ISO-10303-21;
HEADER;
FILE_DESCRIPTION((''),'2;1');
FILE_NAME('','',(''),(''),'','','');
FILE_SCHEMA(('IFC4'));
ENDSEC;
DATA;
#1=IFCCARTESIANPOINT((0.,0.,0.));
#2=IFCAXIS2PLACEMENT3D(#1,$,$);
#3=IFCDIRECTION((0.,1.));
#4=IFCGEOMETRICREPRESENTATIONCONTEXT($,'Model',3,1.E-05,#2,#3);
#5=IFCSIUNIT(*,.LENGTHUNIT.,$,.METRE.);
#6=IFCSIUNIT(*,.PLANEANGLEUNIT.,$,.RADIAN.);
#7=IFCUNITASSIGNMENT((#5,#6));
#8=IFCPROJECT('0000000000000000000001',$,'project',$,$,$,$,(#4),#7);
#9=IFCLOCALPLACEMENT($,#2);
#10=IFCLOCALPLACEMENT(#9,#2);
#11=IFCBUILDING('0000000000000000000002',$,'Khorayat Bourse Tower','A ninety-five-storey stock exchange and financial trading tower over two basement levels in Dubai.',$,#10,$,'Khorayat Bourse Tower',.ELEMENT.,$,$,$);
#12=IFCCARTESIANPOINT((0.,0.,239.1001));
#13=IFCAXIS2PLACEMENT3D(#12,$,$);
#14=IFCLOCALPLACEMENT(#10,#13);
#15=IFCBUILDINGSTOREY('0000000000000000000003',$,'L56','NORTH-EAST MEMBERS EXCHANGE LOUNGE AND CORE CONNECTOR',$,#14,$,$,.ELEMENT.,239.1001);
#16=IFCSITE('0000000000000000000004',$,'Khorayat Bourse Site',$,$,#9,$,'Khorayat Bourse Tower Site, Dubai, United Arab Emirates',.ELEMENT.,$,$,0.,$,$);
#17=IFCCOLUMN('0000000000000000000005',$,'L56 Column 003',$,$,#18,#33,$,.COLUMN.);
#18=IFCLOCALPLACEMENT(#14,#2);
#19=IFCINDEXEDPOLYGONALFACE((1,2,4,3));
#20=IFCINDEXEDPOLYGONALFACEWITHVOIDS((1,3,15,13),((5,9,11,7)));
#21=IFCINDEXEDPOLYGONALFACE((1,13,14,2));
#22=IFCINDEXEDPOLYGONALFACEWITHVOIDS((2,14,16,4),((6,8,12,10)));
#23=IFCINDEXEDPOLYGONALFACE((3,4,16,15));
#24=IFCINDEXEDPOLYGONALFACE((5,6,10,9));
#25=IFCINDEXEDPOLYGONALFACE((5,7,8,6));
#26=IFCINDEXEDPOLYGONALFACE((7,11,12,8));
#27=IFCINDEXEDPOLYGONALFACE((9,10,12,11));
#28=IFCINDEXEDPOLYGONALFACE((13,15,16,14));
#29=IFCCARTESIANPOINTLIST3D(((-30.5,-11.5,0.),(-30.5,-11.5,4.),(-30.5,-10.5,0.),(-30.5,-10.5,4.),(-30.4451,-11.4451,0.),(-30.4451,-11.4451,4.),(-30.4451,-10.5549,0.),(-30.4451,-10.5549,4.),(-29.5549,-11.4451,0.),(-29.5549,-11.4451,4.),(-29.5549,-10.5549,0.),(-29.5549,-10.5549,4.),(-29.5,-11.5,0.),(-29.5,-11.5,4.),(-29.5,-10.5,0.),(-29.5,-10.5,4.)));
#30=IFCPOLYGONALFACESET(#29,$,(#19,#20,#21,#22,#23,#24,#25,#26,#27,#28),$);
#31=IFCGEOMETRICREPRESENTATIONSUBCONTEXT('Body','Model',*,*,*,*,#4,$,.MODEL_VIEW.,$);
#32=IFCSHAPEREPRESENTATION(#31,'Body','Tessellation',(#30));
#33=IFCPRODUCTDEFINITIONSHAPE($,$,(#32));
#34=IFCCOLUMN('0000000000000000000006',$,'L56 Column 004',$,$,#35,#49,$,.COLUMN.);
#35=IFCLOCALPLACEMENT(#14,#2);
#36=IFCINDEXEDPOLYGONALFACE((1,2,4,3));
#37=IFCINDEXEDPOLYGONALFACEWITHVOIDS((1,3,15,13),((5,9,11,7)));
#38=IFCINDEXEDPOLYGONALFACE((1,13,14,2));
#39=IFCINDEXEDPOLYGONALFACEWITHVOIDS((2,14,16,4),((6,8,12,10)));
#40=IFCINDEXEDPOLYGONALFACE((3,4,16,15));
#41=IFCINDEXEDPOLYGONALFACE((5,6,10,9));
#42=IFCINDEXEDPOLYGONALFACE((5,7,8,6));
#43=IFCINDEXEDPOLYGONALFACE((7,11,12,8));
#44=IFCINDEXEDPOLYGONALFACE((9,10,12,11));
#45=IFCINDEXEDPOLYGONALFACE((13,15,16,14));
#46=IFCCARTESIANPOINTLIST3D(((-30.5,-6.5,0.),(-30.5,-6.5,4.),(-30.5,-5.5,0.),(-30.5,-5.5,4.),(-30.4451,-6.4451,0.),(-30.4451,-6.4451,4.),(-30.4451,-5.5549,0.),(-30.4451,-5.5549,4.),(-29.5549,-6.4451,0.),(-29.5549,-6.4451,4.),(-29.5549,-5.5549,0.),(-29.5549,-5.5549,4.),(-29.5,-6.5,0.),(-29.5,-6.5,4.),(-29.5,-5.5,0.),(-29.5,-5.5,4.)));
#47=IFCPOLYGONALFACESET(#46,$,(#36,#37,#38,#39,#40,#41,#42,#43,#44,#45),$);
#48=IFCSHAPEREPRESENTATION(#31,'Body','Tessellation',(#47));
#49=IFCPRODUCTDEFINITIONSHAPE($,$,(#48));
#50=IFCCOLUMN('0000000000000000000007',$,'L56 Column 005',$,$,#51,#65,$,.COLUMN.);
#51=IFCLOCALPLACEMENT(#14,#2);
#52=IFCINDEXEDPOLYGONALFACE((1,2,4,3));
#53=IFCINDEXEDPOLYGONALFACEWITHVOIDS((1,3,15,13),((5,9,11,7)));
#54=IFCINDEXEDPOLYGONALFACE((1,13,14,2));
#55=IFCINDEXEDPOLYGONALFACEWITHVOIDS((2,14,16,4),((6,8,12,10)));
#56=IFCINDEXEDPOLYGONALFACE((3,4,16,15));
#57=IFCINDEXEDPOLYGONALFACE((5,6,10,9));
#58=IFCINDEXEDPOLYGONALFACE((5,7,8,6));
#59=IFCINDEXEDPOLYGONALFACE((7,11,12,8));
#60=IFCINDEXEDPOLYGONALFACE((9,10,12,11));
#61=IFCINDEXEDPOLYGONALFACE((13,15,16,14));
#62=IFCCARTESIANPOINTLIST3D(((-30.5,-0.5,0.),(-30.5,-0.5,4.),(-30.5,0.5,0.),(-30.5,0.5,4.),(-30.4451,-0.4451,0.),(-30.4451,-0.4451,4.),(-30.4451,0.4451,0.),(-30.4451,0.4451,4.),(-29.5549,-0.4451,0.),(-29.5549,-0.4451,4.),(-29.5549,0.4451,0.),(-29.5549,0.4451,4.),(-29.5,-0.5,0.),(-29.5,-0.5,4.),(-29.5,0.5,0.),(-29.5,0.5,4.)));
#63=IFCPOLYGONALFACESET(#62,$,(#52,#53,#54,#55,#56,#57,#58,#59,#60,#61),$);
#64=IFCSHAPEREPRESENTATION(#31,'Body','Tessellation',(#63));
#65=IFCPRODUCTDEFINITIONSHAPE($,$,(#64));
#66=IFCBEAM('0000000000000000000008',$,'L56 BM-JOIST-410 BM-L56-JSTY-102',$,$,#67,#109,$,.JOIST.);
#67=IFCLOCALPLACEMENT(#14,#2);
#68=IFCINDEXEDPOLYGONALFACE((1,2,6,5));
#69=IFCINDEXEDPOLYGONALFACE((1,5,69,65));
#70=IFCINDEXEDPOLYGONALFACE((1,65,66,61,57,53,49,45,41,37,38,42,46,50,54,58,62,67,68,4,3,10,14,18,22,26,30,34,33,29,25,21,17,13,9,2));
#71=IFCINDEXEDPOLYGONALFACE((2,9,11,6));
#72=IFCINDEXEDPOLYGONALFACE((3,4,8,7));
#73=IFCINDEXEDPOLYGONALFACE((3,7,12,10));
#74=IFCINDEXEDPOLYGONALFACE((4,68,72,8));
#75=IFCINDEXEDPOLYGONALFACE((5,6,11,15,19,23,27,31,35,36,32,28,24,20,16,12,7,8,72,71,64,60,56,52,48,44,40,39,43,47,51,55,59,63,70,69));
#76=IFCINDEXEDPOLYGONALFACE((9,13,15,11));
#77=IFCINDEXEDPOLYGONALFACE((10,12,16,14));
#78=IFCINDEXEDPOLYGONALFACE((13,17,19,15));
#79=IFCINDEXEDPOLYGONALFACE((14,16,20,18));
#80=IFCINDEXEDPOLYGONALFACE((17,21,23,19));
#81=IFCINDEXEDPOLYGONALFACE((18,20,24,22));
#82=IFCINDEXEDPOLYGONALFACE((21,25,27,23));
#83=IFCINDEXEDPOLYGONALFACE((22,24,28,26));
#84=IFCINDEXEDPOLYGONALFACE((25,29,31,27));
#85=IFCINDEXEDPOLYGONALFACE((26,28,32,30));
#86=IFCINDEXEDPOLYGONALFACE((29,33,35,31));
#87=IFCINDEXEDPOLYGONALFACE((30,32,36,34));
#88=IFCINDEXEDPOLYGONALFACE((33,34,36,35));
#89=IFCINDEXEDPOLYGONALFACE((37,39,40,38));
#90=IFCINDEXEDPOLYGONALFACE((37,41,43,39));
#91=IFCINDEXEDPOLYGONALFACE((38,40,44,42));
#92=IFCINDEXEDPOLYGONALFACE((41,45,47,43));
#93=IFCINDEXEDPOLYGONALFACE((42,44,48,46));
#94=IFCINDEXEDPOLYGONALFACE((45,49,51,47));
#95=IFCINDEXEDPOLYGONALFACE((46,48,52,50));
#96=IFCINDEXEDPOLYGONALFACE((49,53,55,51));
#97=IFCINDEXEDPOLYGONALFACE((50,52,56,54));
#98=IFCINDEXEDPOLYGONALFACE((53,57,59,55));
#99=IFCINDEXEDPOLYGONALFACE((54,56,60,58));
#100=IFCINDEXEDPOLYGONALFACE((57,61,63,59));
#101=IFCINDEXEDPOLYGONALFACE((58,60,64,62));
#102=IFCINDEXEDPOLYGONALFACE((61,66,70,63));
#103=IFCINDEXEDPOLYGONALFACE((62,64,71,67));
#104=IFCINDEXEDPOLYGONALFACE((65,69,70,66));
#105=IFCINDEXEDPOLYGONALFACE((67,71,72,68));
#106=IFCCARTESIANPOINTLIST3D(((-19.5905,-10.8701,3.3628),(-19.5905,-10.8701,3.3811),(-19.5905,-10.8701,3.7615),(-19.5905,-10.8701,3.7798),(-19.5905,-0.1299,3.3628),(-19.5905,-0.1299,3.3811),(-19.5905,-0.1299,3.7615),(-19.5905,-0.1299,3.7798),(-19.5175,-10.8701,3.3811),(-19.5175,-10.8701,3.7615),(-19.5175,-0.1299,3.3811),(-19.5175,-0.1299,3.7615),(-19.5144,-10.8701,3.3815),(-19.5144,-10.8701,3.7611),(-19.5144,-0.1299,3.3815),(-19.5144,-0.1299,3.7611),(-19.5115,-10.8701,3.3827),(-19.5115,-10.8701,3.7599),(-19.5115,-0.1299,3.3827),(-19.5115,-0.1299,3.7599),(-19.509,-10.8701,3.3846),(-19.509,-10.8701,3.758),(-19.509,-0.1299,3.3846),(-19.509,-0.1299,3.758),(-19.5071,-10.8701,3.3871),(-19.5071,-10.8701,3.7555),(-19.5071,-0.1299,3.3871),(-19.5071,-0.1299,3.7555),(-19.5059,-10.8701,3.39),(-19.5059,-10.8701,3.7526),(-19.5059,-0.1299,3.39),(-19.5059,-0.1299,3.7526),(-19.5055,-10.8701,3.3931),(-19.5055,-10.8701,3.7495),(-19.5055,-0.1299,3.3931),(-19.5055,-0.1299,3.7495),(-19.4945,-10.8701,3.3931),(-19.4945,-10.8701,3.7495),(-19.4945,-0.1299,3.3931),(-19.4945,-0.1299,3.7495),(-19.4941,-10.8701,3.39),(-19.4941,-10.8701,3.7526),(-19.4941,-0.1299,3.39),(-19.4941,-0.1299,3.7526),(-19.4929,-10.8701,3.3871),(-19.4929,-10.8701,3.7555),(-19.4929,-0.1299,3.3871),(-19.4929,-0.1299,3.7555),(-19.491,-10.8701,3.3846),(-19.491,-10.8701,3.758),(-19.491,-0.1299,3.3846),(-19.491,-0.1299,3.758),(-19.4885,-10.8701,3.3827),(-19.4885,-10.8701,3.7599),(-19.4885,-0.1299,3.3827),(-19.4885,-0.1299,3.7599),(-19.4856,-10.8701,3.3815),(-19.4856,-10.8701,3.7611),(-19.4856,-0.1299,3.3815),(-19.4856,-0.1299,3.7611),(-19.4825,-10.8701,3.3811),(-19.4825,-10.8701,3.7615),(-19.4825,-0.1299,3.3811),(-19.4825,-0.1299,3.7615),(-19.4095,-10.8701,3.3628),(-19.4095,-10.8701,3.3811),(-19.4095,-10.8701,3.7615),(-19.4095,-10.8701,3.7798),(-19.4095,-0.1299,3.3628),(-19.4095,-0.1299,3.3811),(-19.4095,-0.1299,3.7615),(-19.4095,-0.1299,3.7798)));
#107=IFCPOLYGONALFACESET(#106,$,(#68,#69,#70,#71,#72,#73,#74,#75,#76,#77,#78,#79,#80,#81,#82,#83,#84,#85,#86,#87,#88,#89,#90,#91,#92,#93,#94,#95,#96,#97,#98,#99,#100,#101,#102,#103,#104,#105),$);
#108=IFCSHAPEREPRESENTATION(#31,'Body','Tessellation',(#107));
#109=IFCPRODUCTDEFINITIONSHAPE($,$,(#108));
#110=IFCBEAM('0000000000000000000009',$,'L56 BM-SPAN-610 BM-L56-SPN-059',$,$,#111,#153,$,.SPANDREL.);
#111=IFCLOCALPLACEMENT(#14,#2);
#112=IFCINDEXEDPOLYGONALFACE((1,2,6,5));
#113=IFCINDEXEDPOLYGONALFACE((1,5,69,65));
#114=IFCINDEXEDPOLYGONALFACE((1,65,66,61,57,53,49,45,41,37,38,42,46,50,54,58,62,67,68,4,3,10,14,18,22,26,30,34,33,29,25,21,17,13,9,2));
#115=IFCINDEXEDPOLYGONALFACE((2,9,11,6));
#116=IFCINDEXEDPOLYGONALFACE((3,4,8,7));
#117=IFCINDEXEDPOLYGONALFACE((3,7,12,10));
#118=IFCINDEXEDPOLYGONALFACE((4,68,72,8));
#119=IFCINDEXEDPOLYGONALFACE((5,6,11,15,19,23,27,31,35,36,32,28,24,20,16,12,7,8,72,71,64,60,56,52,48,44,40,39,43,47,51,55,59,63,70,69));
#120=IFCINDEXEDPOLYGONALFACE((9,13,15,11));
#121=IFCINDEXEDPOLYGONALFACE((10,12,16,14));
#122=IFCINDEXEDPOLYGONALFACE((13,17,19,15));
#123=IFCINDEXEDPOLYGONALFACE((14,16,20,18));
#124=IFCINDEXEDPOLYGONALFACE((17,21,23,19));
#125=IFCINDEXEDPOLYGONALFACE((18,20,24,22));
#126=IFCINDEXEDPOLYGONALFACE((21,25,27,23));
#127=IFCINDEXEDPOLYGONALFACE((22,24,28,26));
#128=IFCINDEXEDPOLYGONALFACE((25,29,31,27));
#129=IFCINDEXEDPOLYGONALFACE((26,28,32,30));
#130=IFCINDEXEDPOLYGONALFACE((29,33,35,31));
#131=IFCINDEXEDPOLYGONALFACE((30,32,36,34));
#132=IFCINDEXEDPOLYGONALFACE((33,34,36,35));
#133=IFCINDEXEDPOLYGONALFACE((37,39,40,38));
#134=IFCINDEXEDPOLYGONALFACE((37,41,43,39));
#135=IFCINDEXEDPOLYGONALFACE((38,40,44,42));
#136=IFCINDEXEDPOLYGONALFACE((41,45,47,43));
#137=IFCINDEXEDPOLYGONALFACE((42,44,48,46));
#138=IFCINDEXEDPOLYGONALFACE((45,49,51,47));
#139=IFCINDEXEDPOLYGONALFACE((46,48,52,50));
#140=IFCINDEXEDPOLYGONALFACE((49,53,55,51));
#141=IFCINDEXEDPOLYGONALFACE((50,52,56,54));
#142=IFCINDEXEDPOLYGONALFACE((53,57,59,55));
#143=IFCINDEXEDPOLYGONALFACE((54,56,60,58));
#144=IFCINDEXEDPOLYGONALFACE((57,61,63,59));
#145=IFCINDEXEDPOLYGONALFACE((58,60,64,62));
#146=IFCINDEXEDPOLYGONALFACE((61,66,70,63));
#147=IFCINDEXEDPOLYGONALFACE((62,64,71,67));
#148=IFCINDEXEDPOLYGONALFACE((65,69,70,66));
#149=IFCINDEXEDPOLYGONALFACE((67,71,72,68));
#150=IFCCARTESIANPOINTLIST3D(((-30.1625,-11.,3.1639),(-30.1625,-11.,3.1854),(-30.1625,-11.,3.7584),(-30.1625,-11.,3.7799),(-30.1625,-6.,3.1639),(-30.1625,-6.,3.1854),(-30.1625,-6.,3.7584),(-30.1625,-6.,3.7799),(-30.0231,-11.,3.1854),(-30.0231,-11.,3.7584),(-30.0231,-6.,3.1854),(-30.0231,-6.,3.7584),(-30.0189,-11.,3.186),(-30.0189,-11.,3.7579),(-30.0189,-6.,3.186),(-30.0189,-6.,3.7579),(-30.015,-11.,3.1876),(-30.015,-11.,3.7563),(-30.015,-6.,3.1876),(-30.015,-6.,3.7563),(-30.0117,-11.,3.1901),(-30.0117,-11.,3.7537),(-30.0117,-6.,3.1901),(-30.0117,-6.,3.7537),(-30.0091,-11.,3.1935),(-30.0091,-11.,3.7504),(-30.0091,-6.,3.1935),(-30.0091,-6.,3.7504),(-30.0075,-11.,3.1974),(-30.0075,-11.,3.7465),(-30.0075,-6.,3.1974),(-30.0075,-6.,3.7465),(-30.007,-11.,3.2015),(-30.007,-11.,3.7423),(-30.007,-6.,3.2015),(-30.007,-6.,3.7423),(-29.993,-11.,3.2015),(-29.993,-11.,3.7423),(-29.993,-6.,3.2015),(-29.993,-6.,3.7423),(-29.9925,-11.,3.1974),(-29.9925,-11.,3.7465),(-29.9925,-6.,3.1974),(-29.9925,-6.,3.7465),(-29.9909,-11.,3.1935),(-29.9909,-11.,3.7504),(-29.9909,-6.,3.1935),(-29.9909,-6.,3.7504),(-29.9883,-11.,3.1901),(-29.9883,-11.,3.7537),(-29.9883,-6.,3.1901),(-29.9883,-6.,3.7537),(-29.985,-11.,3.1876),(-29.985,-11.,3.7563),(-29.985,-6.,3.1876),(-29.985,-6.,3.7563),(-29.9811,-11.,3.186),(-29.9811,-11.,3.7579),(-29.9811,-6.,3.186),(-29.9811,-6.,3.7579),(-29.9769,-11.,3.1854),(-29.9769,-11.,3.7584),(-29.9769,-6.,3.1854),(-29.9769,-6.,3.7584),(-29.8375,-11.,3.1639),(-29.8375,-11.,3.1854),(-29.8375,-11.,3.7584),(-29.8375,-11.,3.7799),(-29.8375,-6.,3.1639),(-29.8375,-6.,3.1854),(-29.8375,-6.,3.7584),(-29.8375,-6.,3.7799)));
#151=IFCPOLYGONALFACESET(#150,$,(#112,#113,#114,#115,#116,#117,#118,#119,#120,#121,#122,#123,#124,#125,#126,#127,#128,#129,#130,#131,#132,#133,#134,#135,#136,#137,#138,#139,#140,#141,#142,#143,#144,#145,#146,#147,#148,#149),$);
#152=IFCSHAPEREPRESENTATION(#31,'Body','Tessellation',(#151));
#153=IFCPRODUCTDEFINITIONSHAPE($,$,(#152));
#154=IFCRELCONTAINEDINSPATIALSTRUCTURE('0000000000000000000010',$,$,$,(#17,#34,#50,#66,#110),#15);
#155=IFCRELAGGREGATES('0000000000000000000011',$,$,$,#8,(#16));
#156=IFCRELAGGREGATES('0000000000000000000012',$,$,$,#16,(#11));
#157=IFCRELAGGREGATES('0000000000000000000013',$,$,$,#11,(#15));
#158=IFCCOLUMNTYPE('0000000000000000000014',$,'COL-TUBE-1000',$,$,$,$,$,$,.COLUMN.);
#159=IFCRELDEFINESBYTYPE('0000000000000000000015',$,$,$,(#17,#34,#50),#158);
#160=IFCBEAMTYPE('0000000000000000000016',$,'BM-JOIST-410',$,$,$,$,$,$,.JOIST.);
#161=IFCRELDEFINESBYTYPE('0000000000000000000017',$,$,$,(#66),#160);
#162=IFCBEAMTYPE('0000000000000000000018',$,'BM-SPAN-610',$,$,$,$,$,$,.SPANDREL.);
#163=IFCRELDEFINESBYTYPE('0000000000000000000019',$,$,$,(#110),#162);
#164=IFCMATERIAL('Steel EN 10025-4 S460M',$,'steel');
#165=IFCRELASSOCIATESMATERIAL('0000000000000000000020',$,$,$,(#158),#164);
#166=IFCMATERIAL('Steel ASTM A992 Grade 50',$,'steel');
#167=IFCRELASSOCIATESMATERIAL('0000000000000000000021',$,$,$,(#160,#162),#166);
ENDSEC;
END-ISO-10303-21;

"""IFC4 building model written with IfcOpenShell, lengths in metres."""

from ifc_helpers import new_model, si_unit, direction, frame, origin, origin_2d, place, context, subcontext, project, spatial, hollow_rectangle, i_section, extrude, source, transform, mapped, material, material_profile, profile_set, type_object, element, save


model = new_model("IFC4")

# Units and contexts
model_context = context("Model", 3, precision=1e-05, world=origin(), true_north=direction((0.0, 1.0)))
body_context = subcontext(model_context, "Body", "Model", "MODEL_VIEW")
ifc_project = project(units=[si_unit("LENGTHUNIT", "METRE"), si_unit("PLANEANGLEUNIT", "RADIAN")], contexts=[model_context])

# Site, building, storey
site_placement = place(None, origin())
site = spatial("IfcSite", under=ifc_project, at=site_placement, Name="Khorayat Bourse Site", LongName="Khorayat Bourse Tower Site, Dubai, United Arab Emirates", CompositionType="ELEMENT", RefElevation=0.0)
building_placement = place(site_placement, origin())
building = spatial("IfcBuilding", under=site, at=building_placement, Name="Khorayat Bourse Tower", Description="A ninety-five-storey stock exchange and financial trading tower over two basement levels in Dubai.", LongName="Khorayat Bourse Tower", CompositionType="ELEMENT")
storey_placement = place(building_placement, frame((0.0, 0.0, 239.1001)))
storey = spatial("IfcBuildingStorey", under=building, at=storey_placement, Name="L56", Description="NORTH-EAST MEMBERS EXCHANGE LOUNGE AND CORE CONNECTOR", CompositionType="ELEMENT", Elevation=239.1001)

# Columns
ifc_material_1 = material(Name="Steel EN 10025-4 S460M", Category="steel")
ifc_material_profile_1 = material_profile(ifc_material_1, hollow_rectangle(XDim=1.0, YDim=1.0, WallThickness=0.0549, at=origin_2d()), Name="BOX 1000x1000x55")
ifc_profile_set_1 = profile_set([ifc_material_profile_1], Name="Steel EN 10025-4 S460M")
column_type = type_object("IfcColumnType", Name="COL-TUBE-1000", PredefinedType="COLUMN", material=ifc_profile_set_1)
shared_shape_1 = source(origin(), body_context, "Body", "SweptSolid", [
    extrude(hollow_rectangle(XDim=1.0, YDim=1.0, WallThickness=0.0549, at=origin_2d()), origin(), (0.0, 0.0, 1.0), 4.0),
])
for number, where, z_axis, x_axis, name in (
    (1, (-30.0, -11.0, 0.0), (0.0, 0.0, 1.0), (1.0, 0.0, 0.0), "L56 Column 003"),
    (2, (-30.0, -6.0, 0.0), (0.0, 0.0, 1.0), (1.0, 0.0, 0.0), "L56 Column 004"),
    (3, (-30.0, 0.0, 0.0), (0.0, 0.0, 1.0), (1.0, 0.0, 0.0), "L56 Column 005"),
):
    element("IfcColumn", number, at=place(storey_placement, frame(where, z_axis=z_axis, x_axis=x_axis)), inside=storey, type_object=column_type, Name=name, PredefinedType="COLUMN", context=body_context, shape_type="MappedRepresentation", body=[
        mapped(shared_shape_1, transform((0.0, 0.0, 0.0), scale=1.0)),
    ])

# Beams
ifc_material_2 = material(Name="Steel ASTM A992 Grade 50", Category="steel")
ifc_material_profile_2 = material_profile(ifc_material_2, i_section(OverallWidth=0.1809, OverallDepth=0.417, WebThickness=0.011, FlangeThickness=0.0183, FilletRadius=0.012, at=origin_2d()), Name="W410X85")
ifc_profile_set_2 = profile_set([ifc_material_profile_2], Name="Steel ASTM A992 Grade 50")
beam_type_1 = type_object("IfcBeamType", Name="BM-JOIST-410", PredefinedType="JOIST", material=ifc_profile_set_2)
shared_shape_2 = source(origin(), body_context, "Body", "SweptSolid", [
    extrude(i_section(OverallWidth=0.1809, OverallDepth=0.417, WebThickness=0.011, FlangeThickness=0.0183, FilletRadius=0.012, at=origin_2d()), origin(), (0.0, 0.0, 1.0), 10.7402),
])
beam_1_placement = place(storey_placement, frame((-19.5, -10.8701, 3.5713), z_axis=(0.0, 1.0, 0.0), x_axis=(-1.0, 0.0, 0.0)))
element("IfcBeam", 4, at=beam_1_placement, inside=storey, type_object=beam_type_1, Name="L56 BM-JOIST-410 BM-L56-JSTY-102", PredefinedType="JOIST", context=body_context, shape_type="MappedRepresentation", body=[
    mapped(shared_shape_2, transform((0.0, 0.0, 0.0), scale=1.0)),
])
ifc_material_profile_3 = material_profile(ifc_material_2, i_section(OverallWidth=0.325, OverallDepth=0.616, WebThickness=0.0139, FlangeThickness=0.0215, FilletRadius=0.0161, at=origin_2d()), Name="W610X174")
ifc_profile_set_3 = profile_set([ifc_material_profile_3], Name="Steel ASTM A992 Grade 50")
beam_type_2 = type_object("IfcBeamType", Name="BM-SPAN-610", PredefinedType="SPANDREL", material=ifc_profile_set_3)
shared_shape_3 = source(origin(), body_context, "Body", "SweptSolid", [
    extrude(i_section(OverallWidth=0.325, OverallDepth=0.616, WebThickness=0.0139, FlangeThickness=0.0215, FilletRadius=0.0161, at=origin_2d()), origin(), (0.0, 0.0, 1.0), 5.0),
])
beam_2_placement = place(storey_placement, frame((-30.0, -11.0, 3.4719), z_axis=(0.0, 1.0, 0.0), x_axis=(-1.0, 0.0, 0.0)))
element("IfcBeam", 5, at=beam_2_placement, inside=storey, type_object=beam_type_2, Name="L56 BM-SPAN-610 BM-L56-SPN-059", PredefinedType="SPANDREL", context=body_context, shape_type="MappedRepresentation", body=[
    mapped(shared_shape_3, transform((0.0, 0.0, 0.0), scale=1.0)),
])

save(model, "model.ifc")
